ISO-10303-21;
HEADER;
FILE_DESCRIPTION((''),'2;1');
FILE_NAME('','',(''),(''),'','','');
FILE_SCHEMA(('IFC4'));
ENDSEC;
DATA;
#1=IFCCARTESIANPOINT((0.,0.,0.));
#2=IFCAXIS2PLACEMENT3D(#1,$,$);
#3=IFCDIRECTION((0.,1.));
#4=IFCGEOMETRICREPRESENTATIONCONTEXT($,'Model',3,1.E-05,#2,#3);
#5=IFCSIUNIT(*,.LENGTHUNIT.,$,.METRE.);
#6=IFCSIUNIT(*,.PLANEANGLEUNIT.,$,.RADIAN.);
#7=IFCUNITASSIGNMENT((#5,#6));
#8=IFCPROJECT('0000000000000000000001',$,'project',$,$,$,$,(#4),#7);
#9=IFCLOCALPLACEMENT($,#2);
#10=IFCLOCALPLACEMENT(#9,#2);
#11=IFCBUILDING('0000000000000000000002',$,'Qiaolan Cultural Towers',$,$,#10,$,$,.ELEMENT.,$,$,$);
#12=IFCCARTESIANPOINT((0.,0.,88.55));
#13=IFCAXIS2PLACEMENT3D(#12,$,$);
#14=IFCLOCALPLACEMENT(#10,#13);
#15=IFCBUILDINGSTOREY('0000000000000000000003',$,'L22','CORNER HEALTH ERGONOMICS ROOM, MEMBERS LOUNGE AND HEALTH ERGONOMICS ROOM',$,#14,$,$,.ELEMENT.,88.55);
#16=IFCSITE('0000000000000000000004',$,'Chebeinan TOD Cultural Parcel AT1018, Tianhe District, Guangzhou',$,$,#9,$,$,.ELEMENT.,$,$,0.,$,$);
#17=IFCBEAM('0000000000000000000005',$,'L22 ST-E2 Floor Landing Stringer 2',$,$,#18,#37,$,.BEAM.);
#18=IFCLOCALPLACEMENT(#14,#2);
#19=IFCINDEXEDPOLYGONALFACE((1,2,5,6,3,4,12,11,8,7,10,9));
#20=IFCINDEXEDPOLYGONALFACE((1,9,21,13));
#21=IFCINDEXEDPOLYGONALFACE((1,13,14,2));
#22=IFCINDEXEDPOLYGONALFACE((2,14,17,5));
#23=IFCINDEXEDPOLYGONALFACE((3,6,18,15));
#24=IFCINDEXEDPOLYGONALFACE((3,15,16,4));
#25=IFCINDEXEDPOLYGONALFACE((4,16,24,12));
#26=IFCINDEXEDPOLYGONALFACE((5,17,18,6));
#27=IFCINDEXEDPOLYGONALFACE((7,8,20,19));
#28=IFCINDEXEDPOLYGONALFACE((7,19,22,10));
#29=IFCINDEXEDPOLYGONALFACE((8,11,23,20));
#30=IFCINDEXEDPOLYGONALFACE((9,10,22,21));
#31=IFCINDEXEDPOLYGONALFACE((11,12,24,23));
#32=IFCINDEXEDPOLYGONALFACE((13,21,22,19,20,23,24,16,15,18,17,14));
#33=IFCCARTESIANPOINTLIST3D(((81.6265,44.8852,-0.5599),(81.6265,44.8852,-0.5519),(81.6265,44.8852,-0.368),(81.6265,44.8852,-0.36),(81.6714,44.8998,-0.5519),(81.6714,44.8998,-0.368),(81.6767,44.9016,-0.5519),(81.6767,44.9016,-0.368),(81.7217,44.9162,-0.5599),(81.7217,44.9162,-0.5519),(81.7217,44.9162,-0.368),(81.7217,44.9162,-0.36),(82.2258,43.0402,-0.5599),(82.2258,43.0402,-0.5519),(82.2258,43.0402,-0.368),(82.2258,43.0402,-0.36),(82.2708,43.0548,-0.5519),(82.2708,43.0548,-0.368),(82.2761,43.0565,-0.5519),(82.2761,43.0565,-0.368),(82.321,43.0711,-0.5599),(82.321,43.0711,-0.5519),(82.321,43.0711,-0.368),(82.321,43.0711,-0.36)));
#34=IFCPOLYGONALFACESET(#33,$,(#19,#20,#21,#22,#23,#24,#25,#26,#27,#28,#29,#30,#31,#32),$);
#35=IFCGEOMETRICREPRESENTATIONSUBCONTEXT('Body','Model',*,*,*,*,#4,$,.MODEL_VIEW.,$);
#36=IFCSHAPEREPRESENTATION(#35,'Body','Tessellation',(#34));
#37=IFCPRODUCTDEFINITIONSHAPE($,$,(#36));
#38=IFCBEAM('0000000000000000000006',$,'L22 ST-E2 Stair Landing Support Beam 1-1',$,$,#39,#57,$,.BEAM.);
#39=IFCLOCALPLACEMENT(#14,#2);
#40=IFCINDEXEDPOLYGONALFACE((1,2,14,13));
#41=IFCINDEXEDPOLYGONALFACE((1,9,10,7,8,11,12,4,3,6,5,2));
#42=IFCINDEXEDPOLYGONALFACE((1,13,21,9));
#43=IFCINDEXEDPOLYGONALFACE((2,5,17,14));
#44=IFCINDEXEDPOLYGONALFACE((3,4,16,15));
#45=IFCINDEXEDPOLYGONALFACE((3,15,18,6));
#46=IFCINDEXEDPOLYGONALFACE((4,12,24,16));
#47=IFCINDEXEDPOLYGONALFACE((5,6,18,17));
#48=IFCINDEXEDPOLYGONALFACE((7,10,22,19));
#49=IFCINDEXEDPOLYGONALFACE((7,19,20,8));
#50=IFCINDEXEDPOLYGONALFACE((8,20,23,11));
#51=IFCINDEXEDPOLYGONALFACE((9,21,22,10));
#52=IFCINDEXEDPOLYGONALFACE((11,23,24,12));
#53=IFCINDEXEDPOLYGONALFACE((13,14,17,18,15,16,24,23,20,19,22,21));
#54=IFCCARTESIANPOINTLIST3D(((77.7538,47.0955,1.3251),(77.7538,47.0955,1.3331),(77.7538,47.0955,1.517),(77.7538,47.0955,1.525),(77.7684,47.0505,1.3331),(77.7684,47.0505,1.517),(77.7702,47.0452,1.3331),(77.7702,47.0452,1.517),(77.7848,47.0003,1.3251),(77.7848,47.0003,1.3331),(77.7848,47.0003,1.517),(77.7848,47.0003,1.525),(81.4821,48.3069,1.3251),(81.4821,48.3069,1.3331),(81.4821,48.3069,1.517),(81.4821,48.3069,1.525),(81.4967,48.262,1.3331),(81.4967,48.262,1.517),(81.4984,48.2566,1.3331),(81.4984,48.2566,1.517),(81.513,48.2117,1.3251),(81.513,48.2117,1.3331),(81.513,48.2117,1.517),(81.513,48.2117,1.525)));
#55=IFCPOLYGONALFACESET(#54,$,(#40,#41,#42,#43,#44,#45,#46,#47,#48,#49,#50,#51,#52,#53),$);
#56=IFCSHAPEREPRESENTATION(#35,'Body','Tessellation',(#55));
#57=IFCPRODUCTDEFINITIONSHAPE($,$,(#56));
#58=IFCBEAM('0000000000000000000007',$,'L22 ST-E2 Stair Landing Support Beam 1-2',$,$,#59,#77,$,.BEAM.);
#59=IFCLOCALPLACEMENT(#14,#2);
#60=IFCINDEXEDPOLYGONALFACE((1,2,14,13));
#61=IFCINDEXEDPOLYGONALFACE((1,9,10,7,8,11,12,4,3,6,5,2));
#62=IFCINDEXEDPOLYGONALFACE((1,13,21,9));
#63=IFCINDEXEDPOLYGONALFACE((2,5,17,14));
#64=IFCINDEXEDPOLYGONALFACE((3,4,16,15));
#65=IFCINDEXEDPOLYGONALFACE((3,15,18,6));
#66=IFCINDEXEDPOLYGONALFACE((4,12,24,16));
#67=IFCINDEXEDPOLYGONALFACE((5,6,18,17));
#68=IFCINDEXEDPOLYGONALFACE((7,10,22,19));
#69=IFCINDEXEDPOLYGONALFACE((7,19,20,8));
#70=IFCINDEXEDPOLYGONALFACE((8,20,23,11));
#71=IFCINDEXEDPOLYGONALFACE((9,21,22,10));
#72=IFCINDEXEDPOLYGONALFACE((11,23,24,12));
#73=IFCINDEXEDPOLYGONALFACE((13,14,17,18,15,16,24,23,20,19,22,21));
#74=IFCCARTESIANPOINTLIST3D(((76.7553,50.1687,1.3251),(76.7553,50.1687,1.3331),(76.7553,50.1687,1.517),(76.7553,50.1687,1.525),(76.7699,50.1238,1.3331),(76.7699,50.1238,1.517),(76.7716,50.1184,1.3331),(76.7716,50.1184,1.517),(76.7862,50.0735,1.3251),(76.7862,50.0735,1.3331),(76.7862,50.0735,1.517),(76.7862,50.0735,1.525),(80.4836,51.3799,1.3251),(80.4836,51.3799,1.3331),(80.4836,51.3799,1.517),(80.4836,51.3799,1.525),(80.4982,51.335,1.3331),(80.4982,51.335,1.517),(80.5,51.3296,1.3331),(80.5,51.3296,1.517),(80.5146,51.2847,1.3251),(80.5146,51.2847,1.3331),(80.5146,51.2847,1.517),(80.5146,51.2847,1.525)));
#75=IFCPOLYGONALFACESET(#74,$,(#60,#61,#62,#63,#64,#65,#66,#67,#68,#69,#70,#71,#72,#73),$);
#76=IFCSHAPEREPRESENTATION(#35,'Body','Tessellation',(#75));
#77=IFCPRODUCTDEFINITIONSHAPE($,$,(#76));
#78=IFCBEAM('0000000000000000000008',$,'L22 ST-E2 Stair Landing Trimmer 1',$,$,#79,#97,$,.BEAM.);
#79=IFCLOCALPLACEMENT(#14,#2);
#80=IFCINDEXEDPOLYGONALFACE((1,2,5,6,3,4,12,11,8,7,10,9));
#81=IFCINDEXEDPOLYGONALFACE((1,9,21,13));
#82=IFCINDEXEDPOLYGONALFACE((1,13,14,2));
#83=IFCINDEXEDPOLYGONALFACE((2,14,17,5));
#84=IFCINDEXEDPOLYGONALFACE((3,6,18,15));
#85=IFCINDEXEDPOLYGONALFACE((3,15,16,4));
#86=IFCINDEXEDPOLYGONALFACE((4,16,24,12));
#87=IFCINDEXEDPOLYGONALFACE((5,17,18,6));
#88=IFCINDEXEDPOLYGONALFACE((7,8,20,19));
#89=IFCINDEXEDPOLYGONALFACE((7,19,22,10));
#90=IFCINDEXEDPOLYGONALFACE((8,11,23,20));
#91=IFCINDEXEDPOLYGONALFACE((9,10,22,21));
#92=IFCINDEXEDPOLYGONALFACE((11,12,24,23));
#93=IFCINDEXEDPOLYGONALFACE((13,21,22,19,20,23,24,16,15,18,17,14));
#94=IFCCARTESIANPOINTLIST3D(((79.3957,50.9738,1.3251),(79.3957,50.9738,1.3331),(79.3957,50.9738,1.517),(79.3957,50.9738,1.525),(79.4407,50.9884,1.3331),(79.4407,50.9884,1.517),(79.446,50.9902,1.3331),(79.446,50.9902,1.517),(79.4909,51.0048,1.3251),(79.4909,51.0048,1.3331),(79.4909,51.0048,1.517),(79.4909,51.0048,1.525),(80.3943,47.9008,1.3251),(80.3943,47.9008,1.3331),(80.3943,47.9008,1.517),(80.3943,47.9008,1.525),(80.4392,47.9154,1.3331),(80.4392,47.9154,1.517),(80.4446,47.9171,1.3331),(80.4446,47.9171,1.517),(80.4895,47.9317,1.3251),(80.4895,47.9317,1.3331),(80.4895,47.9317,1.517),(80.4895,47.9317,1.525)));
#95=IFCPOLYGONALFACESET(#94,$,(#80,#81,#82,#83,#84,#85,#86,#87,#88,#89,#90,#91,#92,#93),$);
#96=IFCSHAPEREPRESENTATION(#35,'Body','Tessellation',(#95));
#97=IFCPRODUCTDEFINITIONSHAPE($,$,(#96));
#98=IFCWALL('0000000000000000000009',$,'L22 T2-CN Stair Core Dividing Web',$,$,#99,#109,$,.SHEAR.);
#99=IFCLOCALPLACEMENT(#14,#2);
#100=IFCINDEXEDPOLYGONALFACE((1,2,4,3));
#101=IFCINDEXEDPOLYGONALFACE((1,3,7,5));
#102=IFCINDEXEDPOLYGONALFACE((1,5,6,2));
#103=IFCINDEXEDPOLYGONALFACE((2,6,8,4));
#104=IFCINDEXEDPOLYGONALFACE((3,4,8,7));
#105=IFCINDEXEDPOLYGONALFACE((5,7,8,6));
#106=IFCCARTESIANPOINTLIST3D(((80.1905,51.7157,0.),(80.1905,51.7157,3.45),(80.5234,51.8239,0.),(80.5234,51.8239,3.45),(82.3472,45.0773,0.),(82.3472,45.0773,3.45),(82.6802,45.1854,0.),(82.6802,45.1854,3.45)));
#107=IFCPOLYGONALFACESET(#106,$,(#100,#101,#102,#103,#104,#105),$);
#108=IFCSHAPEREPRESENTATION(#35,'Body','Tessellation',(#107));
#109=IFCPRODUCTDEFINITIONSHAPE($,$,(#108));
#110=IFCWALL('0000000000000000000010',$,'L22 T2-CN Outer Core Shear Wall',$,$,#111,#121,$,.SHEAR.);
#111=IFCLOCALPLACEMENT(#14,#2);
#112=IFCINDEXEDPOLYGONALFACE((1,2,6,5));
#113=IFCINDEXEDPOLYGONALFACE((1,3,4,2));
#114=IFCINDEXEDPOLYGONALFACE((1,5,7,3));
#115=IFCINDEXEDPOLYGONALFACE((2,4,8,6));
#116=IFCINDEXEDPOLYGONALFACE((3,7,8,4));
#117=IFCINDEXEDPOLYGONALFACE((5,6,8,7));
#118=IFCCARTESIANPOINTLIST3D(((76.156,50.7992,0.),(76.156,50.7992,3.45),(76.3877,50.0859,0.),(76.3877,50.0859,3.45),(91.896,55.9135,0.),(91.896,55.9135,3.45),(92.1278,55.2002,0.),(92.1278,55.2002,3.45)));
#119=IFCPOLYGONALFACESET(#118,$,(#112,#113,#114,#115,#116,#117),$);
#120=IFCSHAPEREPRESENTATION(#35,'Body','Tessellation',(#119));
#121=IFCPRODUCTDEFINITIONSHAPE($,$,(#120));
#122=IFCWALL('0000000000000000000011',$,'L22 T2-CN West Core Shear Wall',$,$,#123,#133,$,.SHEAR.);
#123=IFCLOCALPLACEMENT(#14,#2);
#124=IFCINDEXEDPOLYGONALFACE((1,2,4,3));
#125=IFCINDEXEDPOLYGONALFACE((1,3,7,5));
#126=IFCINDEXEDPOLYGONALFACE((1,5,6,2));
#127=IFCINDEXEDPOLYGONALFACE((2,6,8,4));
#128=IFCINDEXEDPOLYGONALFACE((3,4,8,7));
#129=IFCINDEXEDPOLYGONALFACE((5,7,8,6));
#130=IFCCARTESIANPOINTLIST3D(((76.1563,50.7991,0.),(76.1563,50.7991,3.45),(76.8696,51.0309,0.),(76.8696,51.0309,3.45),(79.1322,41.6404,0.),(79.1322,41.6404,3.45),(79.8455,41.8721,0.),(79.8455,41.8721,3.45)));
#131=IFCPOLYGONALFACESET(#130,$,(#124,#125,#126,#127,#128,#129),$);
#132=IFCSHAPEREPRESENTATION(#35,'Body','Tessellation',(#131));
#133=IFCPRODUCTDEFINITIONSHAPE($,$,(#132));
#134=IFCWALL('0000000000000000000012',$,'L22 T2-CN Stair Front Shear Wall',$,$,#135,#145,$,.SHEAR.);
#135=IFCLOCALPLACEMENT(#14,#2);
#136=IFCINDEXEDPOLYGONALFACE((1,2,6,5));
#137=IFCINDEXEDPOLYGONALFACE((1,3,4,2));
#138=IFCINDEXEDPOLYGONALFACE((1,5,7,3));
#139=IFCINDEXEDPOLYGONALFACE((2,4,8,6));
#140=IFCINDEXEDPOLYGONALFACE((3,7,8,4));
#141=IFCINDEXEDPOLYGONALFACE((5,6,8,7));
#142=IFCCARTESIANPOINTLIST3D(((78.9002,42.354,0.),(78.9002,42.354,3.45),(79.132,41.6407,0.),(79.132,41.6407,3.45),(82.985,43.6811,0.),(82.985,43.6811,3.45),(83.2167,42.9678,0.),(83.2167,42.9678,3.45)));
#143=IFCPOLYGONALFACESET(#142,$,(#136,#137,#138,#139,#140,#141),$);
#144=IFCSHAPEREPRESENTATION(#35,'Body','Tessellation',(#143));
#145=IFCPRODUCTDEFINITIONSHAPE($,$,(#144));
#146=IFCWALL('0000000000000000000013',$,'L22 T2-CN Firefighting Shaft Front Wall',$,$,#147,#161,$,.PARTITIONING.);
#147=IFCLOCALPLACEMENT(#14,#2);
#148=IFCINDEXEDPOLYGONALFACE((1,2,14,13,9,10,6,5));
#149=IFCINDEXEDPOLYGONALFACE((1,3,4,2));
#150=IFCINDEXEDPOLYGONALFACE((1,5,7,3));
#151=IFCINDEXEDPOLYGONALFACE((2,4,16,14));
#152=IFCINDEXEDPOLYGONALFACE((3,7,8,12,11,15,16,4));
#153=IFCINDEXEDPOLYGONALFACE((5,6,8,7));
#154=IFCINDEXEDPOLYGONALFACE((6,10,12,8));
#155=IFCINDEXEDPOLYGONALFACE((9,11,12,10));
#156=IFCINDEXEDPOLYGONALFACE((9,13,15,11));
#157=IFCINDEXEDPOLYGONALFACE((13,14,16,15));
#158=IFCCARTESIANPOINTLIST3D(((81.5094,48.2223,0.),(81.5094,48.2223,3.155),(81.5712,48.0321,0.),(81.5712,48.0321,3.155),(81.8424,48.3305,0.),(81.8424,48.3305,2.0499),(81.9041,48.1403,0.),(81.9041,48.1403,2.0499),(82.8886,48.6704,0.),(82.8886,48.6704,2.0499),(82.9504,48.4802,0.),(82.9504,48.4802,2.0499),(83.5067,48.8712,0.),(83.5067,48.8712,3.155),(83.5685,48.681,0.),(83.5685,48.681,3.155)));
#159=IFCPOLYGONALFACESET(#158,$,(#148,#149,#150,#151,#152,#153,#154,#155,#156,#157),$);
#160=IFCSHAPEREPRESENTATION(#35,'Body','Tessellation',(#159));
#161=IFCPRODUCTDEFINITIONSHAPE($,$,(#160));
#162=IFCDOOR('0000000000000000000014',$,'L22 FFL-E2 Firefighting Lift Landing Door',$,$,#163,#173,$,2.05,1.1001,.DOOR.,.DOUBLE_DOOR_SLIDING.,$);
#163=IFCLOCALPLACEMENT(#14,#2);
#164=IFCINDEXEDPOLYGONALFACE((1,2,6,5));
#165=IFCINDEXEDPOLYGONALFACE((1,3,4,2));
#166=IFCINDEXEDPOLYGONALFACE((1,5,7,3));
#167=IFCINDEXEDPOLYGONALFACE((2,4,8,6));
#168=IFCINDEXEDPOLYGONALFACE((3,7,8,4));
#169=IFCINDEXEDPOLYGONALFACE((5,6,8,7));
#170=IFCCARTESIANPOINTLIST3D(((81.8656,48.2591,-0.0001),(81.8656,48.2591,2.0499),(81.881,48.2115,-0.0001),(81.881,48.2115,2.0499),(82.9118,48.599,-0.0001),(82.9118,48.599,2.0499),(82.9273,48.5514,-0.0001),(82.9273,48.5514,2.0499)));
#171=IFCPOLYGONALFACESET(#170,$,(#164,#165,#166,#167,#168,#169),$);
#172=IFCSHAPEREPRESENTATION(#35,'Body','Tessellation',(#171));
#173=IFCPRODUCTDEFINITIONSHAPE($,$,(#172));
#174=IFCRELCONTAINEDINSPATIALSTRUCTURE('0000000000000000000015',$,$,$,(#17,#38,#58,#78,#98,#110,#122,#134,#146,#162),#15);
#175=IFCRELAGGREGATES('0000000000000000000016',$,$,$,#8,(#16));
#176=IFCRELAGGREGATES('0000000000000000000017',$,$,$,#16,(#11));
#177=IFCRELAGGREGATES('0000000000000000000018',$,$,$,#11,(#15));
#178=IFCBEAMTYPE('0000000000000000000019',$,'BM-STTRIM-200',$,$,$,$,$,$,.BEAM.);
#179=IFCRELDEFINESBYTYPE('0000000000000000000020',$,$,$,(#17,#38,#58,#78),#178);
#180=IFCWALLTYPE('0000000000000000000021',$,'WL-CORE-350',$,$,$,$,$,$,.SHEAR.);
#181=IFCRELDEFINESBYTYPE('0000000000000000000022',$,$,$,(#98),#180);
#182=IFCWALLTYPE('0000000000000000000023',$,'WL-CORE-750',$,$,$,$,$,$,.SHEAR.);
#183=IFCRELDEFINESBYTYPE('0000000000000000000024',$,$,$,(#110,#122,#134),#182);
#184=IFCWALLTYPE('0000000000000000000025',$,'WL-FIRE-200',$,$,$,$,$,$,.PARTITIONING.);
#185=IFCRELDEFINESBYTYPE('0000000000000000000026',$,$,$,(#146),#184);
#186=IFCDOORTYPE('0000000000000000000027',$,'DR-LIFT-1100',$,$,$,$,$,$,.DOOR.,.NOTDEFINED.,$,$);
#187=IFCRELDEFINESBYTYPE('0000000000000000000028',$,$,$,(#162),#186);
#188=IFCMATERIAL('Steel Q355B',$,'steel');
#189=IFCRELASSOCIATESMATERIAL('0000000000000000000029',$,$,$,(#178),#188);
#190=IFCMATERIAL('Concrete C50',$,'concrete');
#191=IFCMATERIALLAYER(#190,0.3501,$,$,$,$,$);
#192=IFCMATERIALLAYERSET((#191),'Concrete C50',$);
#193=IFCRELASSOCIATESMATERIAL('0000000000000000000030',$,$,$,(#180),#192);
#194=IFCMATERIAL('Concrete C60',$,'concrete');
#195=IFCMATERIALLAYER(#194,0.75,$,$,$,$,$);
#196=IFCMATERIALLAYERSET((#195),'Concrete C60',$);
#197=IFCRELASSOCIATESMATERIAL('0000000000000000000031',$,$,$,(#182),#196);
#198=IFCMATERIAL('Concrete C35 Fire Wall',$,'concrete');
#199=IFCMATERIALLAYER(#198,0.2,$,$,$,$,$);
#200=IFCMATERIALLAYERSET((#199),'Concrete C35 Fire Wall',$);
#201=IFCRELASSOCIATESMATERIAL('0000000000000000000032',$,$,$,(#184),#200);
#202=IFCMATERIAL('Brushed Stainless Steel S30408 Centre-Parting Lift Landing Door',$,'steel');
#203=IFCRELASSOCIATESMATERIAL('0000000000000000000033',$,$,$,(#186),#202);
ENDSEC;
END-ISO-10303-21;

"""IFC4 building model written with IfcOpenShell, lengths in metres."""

from ifc_helpers import new_model, si_unit, direction, frame, frame_2d, origin, origin_2d, place, context, subcontext, project, spatial, rectangle, i_section, extrude, material, layer, layer_set, material_profile, profile_set, type_object, element, fill, save


model = new_model("IFC4")

# Units and contexts
model_context = context("Model", 3, precision=1e-05, world=origin(), true_north=direction((0.0, 1.0)))
body_context = subcontext(model_context, "Body", "Model", "MODEL_VIEW")
ifc_project = project(units=[si_unit("LENGTHUNIT", "METRE"), si_unit("PLANEANGLEUNIT", "RADIAN")], contexts=[model_context])

# Site, building, storey
site_placement = place(None, origin())
site = spatial("IfcSite", under=ifc_project, at=site_placement, Name="Chebeinan TOD Cultural Parcel AT1018, Tianhe District, Guangzhou", CompositionType="ELEMENT", RefElevation=0.0)
building_placement = place(site_placement, origin())
building = spatial("IfcBuilding", under=site, at=building_placement, Name="Qiaolan Cultural Towers", CompositionType="ELEMENT")
storey_placement = place(building_placement, frame((0.0, 0.0, 88.55)))
storey = spatial("IfcBuildingStorey", under=building, at=storey_placement, Name="L22", Description="CORNER HEALTH ERGONOMICS ROOM, MEMBERS LOUNGE AND HEALTH ERGONOMICS ROOM", CompositionType="ELEMENT", Elevation=88.55)

# Beams
ifc_material_1 = material(Name="Steel Q355B", Category="steel")
ifc_material_profile_1 = material_profile(ifc_material_1, i_section(OverallWidth=0.1001, OverallDepth=0.2, WebThickness=0.0056, FlangeThickness=0.0081, at=origin_2d()), Name="HN200x100x5.5x8")
ifc_profile_set_1 = profile_set([ifc_material_profile_1], Name="Steel Q355B")
beam_type_1 = type_object("IfcBeamType", Name="BM-STTRIM-200", PredefinedType="BEAM", material=ifc_profile_set_1)
for number, where, z_axis, x_axis, name in (
    (1, (82.2734, 43.0557, -0.46), (-0.308969, 0.951072, 0.0), (-0.951072, -0.308969, 0.0), "L22 ST-E2 Floor Landing Stringer 2"),
):
    element("IfcBeam", number, at=place(storey_placement, frame(where, z_axis=z_axis, x_axis=x_axis)), inside=storey, type_object=beam_type_1, Name=name, PredefinedType="BEAM", context=body_context, shape_type="SweptSolid", body=[
        extrude(i_section(OverallWidth=0.1001, OverallDepth=0.2, WebThickness=0.0056, FlangeThickness=0.0081, at=origin_2d()), origin(), (0.0, 0.0, 1.0), 1.9399),
    ])
for number, where, z_axis, x_axis, name in (
    (2, (77.7693, 47.0479, 1.425), (0.951054, 0.309026, 0.0), (-0.309026, 0.951054, 0.0), "L22 ST-E2 Stair Landing Support Beam 1-1"),
    (3, (76.7708, 50.1211, 1.425), (0.951072, 0.308969, 0.0), (-0.308969, 0.951072, 0.0), "L22 ST-E2 Stair Landing Support Beam 1-2"),
):
    element("IfcBeam", number, at=place(storey_placement, frame(where, z_axis=z_axis, x_axis=x_axis)), inside=storey, type_object=beam_type_1, Name=name, PredefinedType="BEAM", context=body_context, shape_type="SweptSolid", body=[
        extrude(i_section(OverallWidth=0.1001, OverallDepth=0.2, WebThickness=0.0056, FlangeThickness=0.0081, at=origin_2d()), origin(), (0.0, 0.0, 1.0), 3.9202),
    ])
beam_1_placement = place(storey_placement, frame((80.4419, 47.9163, 1.425), z_axis=(-0.309033, 0.951051, 0.0), x_axis=(-0.951051, -0.309033, 0.0)))
element("IfcBeam", 4, at=beam_1_placement, inside=storey, type_object=beam_type_1, Name="L22 ST-E2 Stair Landing Trimmer 1", PredefinedType="BEAM", context=body_context, shape_type="SweptSolid", body=[
    extrude(i_section(OverallWidth=0.1001, OverallDepth=0.2, WebThickness=0.0056, FlangeThickness=0.0081, at=origin_2d()), origin(), (0.0, 0.0, 1.0), 3.2312),
])

# Walls
ifc_material_2 = material(Name="Concrete C50", Category="concrete")
ifc_layer_1 = layer(ifc_material_2, 0.3501)
ifc_layer_set_1 = layer_set([ifc_layer_1], Name="Concrete C50")
wall_type_1 = type_object("IfcWallType", Name="WL-CORE-350", PredefinedType="SHEAR", material=ifc_layer_set_1)
wall_1_placement = place(storey_placement, frame((82.5137, 45.1313, 0.0), z_axis=(0.0, 0.0, 1.0), x_axis=(-0.308989, 0.951066, 0.0)))
element("IfcWall", 5, at=wall_1_placement, inside=storey, type_object=wall_type_1, Name="L22 T2-CN Stair Core Dividing Web", PredefinedType="SHEAR", context=body_context, shape_type="SweptSolid", body=[
    extrude(rectangle(XDim=6.98, YDim=0.3501, at=frame_2d((3.49, 0.0))), origin(), (0.0, 0.0, 1.0), 3.45),
])
ifc_material_3 = material(Name="Concrete C60", Category="concrete")
ifc_layer_2 = layer(ifc_material_3, 0.75)
ifc_layer_set_2 = layer_set([ifc_layer_2], Name="Concrete C60")
wall_type_2 = type_object("IfcWallType", Name="WL-CORE-750", PredefinedType="SHEAR", material=ifc_layer_set_2)
wall_2_placement = place(storey_placement, frame((76.272, 50.4426, 0.0), z_axis=(0.0, 0.0, 1.0), x_axis=(0.951056, 0.309018, 0.0)))
element("IfcWall", 6, at=wall_2_placement, inside=storey, type_object=wall_type_2, Name="L22 T2-CN Outer Core Shear Wall", PredefinedType="SHEAR", context=body_context, shape_type="SweptSolid", body=[
    extrude(rectangle(XDim=16.55, YDim=0.75, at=frame_2d((8.2749, 0.0))), origin(), (0.0, 0.0, 1.0), 3.45),
])
wall_3_placement = place(storey_placement, frame((79.4888, 41.7563, 0.0), z_axis=(0.0, 0.0, 1.0), x_axis=(-0.309016, 0.951057, 0.0)))
element("IfcWall", 7, at=wall_3_placement, inside=storey, type_object=wall_type_2, Name="L22 T2-CN West Core Shear Wall", PredefinedType="SHEAR", context=body_context, shape_type="SweptSolid", body=[
    extrude(rectangle(XDim=9.6301, YDim=0.75, at=frame_2d((4.8149, 0.0))), origin(), (0.0, 0.0, 1.0), 3.45),
])
wall_4_placement = place(storey_placement, frame((79.0161, 41.9973, 0.0), z_axis=(0.0, 0.0, 1.0), x_axis=(0.95106, 0.309005, 0.0)))
element("IfcWall", 8, at=wall_4_placement, inside=storey, type_object=wall_type_2, Name="L22 T2-CN Stair Front Shear Wall", PredefinedType="SHEAR", context=body_context, shape_type="SweptSolid", body=[
    extrude(rectangle(XDim=4.2949, YDim=0.75, at=frame_2d((2.1475, 0.0))), origin(), (0.0, 0.0, 1.0), 3.45),
])

# Wall, opening, door
ifc_material_4 = material(Name="Concrete C35 Fire Wall", Category="concrete")
ifc_layer_3 = layer(ifc_material_4, 0.2)
ifc_layer_set_3 = layer_set([ifc_layer_3], Name="Concrete C35 Fire Wall")
wall_type_3 = type_object("IfcWallType", Name="WL-FIRE-200", PredefinedType="PARTITIONING", material=ifc_layer_set_3)
wall_5_placement = place(storey_placement, frame((81.5403, 48.1272, 0.0), z_axis=(0.0, 0.0, 1.0), x_axis=(0.951062, 0.308999, 0.0)))
wall_5 = element("IfcWall", 9, at=wall_5_placement, inside=storey, type_object=wall_type_3, Name="L22 T2-CN Firefighting Shaft Front Wall", PredefinedType="PARTITIONING", context=body_context, shape_type="SweptSolid", body=[
    extrude(rectangle(XDim=2.1001, YDim=0.2, at=frame_2d((1.05, 0.0))), origin(), (0.0, 0.0, 1.0), 3.155),
])
opening_placement = place(wall_5_placement, frame((0.3501, 0.0, 0.0)))
opening = element("IfcOpeningElement", 10, at=opening_placement, cuts=wall_5, PredefinedType="OPENING", context=body_context, shape_type="SweptSolid", body=[
    extrude(rectangle(XDim=1.1001, YDim=2.05, at=frame_2d((0.55, 1.0249))), frame((0.0, 0.1099, 0.0), z_axis=(0.0, -1.0, 0.0), x_axis=(1.0, 0.0, 0.0)), (0.0, 0.0, 1.0), 0.22),
])
ifc_material_5 = material(Name="Brushed Stainless Steel S30408 Centre-Parting Lift Landing Door", Category="steel")
door_type = type_object("IfcDoorType", Name="DR-LIFT-1100", OperationType="NOTDEFINED", PredefinedType="DOOR", material=ifc_material_5)
door_placement = place(opening_placement, origin())
door = element("IfcDoor", 11, at=door_placement, inside=storey, type_object=door_type, Name="L22 FFL-E2 Firefighting Lift Landing Door", OperationType="DOUBLE_DOOR_SLIDING", OverallHeight=2.05, OverallWidth=1.1001, PredefinedType="DOOR", context=body_context, shape_type="SweptSolid", body=[
    extrude(rectangle(XDim=1.1001, YDim=2.05, at=frame_2d((0.55, 1.0249))), frame((0.0, 0.0249, 0.0), z_axis=(0.0, -1.0, 0.0), x_axis=(1.0, 0.0, 0.0)), (0.0, 0.0, 1.0), 0.05),
])
fill(opening, door)

save(model, "model.ifc")
